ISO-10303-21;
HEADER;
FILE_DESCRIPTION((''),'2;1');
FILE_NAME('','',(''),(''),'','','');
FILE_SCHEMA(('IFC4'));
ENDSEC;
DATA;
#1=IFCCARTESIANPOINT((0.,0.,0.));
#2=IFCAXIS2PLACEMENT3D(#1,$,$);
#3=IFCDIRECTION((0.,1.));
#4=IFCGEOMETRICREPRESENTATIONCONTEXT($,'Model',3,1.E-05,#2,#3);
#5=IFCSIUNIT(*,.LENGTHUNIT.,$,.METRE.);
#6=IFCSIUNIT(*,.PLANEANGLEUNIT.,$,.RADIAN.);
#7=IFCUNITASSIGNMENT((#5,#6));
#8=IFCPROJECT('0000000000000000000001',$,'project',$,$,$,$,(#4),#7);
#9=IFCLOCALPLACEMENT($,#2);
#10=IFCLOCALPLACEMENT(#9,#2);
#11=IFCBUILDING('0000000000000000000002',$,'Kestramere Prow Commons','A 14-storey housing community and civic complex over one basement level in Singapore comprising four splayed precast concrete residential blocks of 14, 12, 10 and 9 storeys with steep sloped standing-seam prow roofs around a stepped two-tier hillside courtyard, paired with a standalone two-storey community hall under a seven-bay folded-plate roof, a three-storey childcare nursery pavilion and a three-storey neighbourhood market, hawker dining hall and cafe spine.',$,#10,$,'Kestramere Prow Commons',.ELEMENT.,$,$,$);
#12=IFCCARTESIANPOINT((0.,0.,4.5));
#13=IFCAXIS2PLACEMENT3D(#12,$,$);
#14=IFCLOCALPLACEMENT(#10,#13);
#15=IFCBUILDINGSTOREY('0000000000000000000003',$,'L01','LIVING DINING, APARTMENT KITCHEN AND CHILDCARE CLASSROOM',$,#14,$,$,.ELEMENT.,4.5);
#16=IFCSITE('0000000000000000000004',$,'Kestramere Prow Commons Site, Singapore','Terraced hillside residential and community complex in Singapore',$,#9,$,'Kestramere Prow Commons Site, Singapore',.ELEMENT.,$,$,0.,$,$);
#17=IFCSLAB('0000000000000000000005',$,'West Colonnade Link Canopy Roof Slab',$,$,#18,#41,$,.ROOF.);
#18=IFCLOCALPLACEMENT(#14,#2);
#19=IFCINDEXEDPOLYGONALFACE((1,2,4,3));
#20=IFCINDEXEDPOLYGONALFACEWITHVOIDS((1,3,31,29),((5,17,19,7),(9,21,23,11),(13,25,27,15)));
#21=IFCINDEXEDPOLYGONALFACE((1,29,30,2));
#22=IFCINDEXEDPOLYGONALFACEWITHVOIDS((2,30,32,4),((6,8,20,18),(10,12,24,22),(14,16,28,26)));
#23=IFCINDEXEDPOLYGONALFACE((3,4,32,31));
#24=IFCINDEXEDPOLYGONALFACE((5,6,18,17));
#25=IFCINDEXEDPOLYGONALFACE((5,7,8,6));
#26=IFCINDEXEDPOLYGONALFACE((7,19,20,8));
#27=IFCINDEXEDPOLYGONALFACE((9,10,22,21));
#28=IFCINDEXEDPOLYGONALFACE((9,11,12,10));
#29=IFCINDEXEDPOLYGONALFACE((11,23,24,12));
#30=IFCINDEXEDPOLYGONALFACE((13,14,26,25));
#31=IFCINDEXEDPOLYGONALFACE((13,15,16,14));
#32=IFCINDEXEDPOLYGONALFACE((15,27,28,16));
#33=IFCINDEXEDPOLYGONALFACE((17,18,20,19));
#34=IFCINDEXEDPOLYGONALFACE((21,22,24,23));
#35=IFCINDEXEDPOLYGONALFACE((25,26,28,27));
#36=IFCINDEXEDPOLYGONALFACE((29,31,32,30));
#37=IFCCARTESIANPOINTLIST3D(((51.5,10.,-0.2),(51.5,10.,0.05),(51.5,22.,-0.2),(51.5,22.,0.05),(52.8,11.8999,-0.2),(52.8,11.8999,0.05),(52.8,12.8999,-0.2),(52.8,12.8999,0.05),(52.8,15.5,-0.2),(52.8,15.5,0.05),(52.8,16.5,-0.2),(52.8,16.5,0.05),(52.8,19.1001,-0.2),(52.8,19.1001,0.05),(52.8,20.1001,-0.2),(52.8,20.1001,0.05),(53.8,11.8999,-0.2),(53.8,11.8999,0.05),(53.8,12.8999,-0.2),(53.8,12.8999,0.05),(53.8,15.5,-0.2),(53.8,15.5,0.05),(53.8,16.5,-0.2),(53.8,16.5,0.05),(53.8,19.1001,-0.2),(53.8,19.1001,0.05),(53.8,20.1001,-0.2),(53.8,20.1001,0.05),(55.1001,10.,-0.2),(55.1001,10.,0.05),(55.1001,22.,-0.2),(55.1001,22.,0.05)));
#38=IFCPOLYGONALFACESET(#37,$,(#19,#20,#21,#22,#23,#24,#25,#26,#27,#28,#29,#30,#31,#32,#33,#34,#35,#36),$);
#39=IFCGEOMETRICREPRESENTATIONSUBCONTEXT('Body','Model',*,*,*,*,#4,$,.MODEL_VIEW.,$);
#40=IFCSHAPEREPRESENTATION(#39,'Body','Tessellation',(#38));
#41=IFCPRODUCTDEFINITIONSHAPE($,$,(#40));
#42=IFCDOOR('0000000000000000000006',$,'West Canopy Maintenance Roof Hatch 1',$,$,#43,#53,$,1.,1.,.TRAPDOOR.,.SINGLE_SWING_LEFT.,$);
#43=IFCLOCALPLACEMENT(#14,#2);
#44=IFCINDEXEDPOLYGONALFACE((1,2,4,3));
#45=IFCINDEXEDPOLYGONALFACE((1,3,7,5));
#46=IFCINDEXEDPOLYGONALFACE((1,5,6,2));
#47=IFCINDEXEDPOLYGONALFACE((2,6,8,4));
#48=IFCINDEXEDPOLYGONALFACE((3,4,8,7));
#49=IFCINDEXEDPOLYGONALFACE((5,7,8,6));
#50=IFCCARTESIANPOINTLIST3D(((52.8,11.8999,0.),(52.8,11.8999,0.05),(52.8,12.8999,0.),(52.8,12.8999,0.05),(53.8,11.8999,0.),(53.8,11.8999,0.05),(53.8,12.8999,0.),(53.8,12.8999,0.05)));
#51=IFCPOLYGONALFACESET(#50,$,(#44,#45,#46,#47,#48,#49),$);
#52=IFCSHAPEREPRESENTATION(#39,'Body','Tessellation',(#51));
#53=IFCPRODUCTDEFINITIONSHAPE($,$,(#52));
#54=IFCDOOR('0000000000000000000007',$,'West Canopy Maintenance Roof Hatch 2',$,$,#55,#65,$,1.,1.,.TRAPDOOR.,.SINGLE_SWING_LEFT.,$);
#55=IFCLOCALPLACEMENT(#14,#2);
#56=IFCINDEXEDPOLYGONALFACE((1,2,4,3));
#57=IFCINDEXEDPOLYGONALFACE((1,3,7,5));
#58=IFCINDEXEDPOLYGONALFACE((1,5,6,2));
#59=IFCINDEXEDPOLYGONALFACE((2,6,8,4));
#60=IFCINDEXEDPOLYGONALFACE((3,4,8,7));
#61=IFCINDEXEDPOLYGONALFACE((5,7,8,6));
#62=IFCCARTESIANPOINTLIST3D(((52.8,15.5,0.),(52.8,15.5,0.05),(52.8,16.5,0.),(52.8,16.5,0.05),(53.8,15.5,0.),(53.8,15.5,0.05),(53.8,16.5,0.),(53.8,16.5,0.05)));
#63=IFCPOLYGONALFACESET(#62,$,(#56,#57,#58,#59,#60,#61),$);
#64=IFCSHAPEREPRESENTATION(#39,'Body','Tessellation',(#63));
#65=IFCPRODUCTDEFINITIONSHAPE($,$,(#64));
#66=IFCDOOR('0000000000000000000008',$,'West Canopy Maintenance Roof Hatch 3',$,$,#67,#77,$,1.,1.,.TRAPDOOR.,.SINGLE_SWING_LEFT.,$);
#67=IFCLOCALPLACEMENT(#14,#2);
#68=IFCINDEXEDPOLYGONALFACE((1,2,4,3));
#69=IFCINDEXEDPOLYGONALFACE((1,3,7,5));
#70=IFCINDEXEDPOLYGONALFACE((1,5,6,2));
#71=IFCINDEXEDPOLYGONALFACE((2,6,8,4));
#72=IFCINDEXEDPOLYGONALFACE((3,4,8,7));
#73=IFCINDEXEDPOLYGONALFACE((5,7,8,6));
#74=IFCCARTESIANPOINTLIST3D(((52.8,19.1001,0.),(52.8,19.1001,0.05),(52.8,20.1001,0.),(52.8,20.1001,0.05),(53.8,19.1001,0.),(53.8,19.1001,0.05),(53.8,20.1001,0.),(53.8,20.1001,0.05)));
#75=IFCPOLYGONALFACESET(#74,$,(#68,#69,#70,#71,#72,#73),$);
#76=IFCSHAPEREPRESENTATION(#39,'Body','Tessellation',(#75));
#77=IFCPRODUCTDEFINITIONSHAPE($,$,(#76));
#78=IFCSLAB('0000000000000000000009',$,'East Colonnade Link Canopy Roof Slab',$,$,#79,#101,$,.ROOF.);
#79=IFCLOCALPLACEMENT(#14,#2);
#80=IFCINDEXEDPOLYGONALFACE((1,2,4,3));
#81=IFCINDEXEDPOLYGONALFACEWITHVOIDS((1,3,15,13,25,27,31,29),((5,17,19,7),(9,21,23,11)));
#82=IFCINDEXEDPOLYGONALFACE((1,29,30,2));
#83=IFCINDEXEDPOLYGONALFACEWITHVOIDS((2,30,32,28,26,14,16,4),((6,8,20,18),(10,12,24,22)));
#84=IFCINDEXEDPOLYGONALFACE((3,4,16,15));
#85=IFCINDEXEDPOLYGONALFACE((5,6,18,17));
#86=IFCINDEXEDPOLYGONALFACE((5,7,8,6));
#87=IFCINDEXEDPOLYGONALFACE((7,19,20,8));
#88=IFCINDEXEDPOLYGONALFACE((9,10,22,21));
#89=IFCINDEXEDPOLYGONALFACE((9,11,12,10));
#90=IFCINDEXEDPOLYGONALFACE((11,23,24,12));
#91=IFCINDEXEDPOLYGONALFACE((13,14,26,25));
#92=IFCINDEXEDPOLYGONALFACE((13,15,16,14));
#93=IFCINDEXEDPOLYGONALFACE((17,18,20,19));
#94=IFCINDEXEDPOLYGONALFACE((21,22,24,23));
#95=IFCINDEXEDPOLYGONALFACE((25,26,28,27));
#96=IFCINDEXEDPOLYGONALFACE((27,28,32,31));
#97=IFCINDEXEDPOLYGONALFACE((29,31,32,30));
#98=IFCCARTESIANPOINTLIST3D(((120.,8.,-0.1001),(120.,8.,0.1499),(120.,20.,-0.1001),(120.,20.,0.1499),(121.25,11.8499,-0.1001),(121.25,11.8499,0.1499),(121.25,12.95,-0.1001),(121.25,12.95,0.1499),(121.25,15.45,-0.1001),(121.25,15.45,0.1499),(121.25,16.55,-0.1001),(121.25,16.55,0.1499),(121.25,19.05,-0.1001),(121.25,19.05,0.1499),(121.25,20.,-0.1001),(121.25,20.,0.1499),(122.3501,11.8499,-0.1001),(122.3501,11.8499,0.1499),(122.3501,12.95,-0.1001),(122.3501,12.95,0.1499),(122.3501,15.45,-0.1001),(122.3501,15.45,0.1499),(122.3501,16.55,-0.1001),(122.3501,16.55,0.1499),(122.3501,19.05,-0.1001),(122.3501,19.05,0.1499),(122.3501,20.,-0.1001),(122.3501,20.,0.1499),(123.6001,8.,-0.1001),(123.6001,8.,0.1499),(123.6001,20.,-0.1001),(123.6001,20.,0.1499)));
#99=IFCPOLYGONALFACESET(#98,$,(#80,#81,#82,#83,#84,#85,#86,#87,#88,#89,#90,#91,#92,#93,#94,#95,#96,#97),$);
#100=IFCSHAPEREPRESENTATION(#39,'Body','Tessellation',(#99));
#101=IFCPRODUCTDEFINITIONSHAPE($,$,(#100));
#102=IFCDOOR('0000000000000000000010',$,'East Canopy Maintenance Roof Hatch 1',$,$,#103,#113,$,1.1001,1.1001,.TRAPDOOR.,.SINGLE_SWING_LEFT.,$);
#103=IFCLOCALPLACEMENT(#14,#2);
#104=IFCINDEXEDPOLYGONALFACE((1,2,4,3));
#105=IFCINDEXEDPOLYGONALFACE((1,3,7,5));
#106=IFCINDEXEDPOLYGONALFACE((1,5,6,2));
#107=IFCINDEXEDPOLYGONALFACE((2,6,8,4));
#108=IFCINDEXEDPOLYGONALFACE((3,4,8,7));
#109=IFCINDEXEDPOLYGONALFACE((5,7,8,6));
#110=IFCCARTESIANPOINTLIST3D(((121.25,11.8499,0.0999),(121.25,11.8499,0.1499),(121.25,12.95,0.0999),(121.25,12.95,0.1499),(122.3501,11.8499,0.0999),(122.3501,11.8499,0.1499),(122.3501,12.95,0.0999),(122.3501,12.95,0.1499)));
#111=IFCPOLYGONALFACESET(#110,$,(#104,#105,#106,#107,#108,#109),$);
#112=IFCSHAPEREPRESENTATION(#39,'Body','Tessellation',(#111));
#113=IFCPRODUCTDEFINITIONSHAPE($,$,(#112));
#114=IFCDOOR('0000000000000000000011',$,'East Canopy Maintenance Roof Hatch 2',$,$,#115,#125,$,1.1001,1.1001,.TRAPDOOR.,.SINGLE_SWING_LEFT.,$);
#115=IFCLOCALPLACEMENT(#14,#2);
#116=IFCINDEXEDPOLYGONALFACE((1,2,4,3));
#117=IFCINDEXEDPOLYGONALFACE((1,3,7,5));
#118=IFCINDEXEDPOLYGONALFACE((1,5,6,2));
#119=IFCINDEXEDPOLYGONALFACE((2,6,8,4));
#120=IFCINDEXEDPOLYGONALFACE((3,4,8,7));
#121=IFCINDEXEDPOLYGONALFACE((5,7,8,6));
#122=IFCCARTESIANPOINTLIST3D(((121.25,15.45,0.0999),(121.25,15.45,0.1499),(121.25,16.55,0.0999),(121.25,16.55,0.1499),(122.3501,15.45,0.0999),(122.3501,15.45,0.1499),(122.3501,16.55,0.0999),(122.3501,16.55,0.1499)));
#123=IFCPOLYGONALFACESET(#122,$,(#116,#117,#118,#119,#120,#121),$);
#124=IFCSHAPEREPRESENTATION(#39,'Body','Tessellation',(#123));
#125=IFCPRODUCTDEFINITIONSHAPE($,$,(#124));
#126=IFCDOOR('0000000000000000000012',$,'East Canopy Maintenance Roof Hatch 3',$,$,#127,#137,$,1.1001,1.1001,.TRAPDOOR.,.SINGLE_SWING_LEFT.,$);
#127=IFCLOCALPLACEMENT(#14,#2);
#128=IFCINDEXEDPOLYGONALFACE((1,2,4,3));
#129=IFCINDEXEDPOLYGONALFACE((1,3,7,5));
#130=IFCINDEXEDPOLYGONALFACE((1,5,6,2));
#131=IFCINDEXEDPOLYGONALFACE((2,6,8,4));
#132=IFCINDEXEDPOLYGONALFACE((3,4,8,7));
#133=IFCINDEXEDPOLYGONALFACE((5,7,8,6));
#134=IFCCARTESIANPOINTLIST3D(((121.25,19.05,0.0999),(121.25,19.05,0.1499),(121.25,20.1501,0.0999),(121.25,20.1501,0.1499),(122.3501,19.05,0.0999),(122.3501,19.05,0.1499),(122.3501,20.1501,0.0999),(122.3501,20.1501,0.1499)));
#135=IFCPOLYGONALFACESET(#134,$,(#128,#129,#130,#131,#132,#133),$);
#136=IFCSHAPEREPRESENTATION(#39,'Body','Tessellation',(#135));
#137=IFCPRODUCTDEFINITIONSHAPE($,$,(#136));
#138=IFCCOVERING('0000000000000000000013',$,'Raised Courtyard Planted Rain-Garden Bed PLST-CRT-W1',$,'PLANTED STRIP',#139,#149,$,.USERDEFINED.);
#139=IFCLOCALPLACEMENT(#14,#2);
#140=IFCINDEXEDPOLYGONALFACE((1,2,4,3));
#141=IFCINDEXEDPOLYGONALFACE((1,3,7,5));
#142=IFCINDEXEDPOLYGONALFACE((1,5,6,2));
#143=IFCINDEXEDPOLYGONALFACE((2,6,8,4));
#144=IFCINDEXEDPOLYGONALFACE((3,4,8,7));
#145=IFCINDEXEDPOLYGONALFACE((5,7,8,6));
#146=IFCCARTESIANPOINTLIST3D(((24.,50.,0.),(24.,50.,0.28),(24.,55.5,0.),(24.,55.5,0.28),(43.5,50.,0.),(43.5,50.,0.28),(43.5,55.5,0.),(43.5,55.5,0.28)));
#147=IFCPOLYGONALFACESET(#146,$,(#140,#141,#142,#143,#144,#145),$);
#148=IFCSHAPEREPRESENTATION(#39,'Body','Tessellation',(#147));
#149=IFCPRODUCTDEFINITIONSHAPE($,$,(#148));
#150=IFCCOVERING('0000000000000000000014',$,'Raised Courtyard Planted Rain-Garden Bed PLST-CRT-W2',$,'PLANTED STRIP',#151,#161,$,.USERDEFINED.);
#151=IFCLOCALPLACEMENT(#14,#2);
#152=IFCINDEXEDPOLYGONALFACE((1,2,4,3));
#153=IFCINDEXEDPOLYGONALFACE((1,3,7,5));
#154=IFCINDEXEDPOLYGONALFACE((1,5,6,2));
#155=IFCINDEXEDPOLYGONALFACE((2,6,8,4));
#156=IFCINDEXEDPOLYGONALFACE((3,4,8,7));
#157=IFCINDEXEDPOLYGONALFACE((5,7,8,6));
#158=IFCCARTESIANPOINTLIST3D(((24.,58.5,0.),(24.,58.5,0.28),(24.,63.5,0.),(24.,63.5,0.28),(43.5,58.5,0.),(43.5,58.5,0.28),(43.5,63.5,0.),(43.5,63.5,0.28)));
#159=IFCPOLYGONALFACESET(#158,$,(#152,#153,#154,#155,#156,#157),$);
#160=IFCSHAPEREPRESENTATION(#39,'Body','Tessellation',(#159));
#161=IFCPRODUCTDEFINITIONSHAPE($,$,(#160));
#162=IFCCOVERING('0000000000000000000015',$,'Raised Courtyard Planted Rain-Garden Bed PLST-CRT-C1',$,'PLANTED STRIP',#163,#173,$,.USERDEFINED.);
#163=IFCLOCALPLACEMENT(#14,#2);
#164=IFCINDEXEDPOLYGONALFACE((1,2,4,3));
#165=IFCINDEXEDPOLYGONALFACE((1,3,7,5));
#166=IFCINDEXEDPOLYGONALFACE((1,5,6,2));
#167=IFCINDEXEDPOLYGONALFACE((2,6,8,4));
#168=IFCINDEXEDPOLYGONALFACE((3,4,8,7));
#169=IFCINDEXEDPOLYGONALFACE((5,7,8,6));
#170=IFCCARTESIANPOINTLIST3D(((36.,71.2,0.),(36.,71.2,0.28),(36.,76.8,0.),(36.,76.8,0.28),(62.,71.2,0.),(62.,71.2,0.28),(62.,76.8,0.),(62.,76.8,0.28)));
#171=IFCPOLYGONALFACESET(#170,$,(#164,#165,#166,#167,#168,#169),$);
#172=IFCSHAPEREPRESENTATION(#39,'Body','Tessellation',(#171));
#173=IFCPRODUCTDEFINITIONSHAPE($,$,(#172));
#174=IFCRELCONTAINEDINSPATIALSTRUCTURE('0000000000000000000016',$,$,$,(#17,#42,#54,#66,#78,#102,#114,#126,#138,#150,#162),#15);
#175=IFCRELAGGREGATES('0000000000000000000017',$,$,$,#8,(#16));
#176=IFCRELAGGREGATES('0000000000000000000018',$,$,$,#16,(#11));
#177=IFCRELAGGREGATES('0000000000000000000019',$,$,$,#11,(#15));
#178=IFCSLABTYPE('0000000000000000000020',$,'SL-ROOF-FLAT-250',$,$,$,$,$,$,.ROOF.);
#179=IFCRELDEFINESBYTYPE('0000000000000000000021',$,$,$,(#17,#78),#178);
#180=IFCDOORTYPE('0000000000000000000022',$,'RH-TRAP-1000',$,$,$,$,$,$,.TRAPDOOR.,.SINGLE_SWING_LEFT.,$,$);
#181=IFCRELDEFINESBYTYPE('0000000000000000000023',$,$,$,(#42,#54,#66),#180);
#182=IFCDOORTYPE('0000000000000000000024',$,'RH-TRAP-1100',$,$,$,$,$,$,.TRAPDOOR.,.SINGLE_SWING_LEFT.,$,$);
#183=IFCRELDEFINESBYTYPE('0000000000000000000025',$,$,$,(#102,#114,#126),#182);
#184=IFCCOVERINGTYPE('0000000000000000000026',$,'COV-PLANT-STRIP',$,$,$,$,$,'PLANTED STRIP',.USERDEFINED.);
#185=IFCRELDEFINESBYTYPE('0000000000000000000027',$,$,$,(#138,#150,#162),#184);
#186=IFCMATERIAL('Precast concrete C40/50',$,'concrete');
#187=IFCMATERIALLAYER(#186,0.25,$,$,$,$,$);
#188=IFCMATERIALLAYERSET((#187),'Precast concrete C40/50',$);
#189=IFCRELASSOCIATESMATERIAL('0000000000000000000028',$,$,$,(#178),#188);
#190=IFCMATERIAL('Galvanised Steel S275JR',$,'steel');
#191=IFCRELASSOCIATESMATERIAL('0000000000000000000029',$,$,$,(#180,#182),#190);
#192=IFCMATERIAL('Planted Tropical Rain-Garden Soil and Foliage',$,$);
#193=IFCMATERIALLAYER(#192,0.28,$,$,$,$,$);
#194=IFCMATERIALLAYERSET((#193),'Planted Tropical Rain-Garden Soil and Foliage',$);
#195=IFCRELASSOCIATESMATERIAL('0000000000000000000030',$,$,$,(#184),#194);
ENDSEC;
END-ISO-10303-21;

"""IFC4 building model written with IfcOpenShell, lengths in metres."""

from ifc_helpers import new_model, si_unit, direction, frame, origin, origin_2d, place, context, subcontext, project, spatial, polyline, rectangle, outline, extrude, material, layer, layer_set, type_object, element, fill, save


model = new_model("IFC4")

# Units and contexts
model_context = context("Model", 3, precision=1e-05, world=origin(), true_north=direction((0.0, 1.0)))
body_context = subcontext(model_context, "Body", "Model", "MODEL_VIEW")
ifc_project = project(units=[si_unit("LENGTHUNIT", "METRE"), si_unit("PLANEANGLEUNIT", "RADIAN")], contexts=[model_context])

# Site, building, storey
site_placement = place(None, origin())
site = spatial("IfcSite", under=ifc_project, at=site_placement, Name="Kestramere Prow Commons Site, Singapore", Description="Terraced hillside residential and community complex in Singapore", LongName="Kestramere Prow Commons Site, Singapore", CompositionType="ELEMENT", RefElevation=0.0)
building_placement = place(site_placement, origin())
building = spatial("IfcBuilding", under=site, at=building_placement, Name="Kestramere Prow Commons", Description="A 14-storey housing community and civic complex over one basement level in Singapore comprising four splayed precast concrete residential blocks of 14, 12, 10 and 9 storeys with steep sloped standing-seam prow roofs around a stepped two-tier hillside courtyard, paired with a standalone two-storey community hall under a seven-bay folded-plate roof, a three-storey childcare nursery pavilion and a three-storey neighbourhood market, hawker dining hall and cafe spine.", LongName="Kestramere Prow Commons", CompositionType="ELEMENT")
storey_placement = place(building_placement, frame((0.0, 0.0, 4.5)))
storey = spatial("IfcBuildingStorey", under=building, at=storey_placement, Name="L01", Description="LIVING DINING, APARTMENT KITCHEN AND CHILDCARE CLASSROOM", CompositionType="ELEMENT", Elevation=4.5)

# Shared definitions
ifc_material_1 = material(Name="Precast concrete C40/50", Category="concrete")

# Slabs, openings, doors
ifc_layer_1 = layer(ifc_material_1, 0.25)
ifc_layer_set_1 = layer_set([ifc_layer_1], Name="Precast concrete C40/50")
slab_type_1 = type_object("IfcSlabType", Name="SL-ROOF-FLAT-250", PredefinedType="ROOF", material=ifc_layer_set_1)
slab_1_placement = place(storey_placement, frame((0.0, 0.0, -0.2)))
slab_1 = element("IfcSlab", 1, at=slab_1_placement, inside=storey, type_object=slab_type_1, Name="West Colonnade Link Canopy Roof Slab", PredefinedType="ROOF", context=body_context, shape_type="SweptSolid", body=[
    extrude(outline(polyline([(51.5, 10.0), (55.1001, 10.0), (55.1001, 22.0), (51.5, 22.0), (51.5, 10.0)])), origin(), (0.0, 0.0, 1.0), 0.25),
])
opening_1_placement = place(slab_1_placement, frame((53.3, 12.3999, 0.0), z_axis=(0.0, 0.0, 1.0), x_axis=(1.0, 0.0, 0.0)))
opening_1 = element("IfcOpeningElement", 2, at=opening_1_placement, cuts=slab_1, PredefinedType="OPENING", context=body_context, shape_type="SweptSolid", body=[
    extrude(rectangle(XDim=1.0, YDim=1.0, at=origin_2d()), frame((0.0, 0.0, -0.0149)), (0.0, 0.0, 1.0), 0.28),
])
opening_2_placement = place(slab_1_placement, frame((53.3, 16.0, 0.0), z_axis=(0.0, 0.0, 1.0), x_axis=(1.0, 0.0, 0.0)))
opening_2 = element("IfcOpeningElement", 3, at=opening_2_placement, cuts=slab_1, PredefinedType="OPENING", context=body_context, shape_type="SweptSolid", body=[
    extrude(rectangle(XDim=1.0, YDim=1.0, at=origin_2d()), frame((0.0, 0.0, -0.0149)), (0.0, 0.0, 1.0), 0.28),
])
opening_3_placement = place(slab_1_placement, frame((53.3, 19.6001, 0.0), z_axis=(0.0, 0.0, 1.0), x_axis=(1.0, 0.0, 0.0)))
opening_3 = element("IfcOpeningElement", 4, at=opening_3_placement, cuts=slab_1, PredefinedType="OPENING", context=body_context, shape_type="SweptSolid", body=[
    extrude(rectangle(XDim=1.0, YDim=1.0, at=origin_2d()), frame((0.0, 0.0, -0.0149)), (0.0, 0.0, 1.0), 0.28),
])
ifc_material_2 = material(Name="Galvanised Steel S275JR", Category="steel")
door_type_1 = type_object("IfcDoorType", Name="RH-TRAP-1000", OperationType="SINGLE_SWING_LEFT", PredefinedType="TRAPDOOR", material=ifc_material_2)
door_1_placement = place(opening_1_placement, frame((0.0, 0.0, 0.2)))
door_1 = element("IfcDoor", 5, at=door_1_placement, inside=storey, type_object=door_type_1, Name="West Canopy Maintenance Roof Hatch 1", OperationType="SINGLE_SWING_LEFT", OverallHeight=1.0, OverallWidth=1.0, PredefinedType="TRAPDOOR", context=body_context, shape_type="SweptSolid", body=[
    extrude(rectangle(XDim=1.0, YDim=1.0, at=origin_2d()), origin(), (0.0, 0.0, 1.0), 0.05),
])
fill(opening_1, door_1)
door_2_placement = place(opening_2_placement, frame((0.0, 0.0, 0.2)))
door_2 = element("IfcDoor", 6, at=door_2_placement, inside=storey, type_object=door_type_1, Name="West Canopy Maintenance Roof Hatch 2", OperationType="SINGLE_SWING_LEFT", OverallHeight=1.0, OverallWidth=1.0, PredefinedType="TRAPDOOR", context=body_context, shape_type="SweptSolid", body=[
    extrude(rectangle(XDim=1.0, YDim=1.0, at=origin_2d()), origin(), (0.0, 0.0, 1.0), 0.05),
])
fill(opening_2, door_2)
door_3_placement = place(opening_3_placement, frame((0.0, 0.0, 0.2)))
door_3 = element("IfcDoor", 7, at=door_3_placement, inside=storey, type_object=door_type_1, Name="West Canopy Maintenance Roof Hatch 3", OperationType="SINGLE_SWING_LEFT", OverallHeight=1.0, OverallWidth=1.0, PredefinedType="TRAPDOOR", context=body_context, shape_type="SweptSolid", body=[
    extrude(rectangle(XDim=1.0, YDim=1.0, at=origin_2d()), origin(), (0.0, 0.0, 1.0), 0.05),
])
fill(opening_3, door_3)
slab_2_placement = place(storey_placement, frame((0.0, 0.0, -0.1001)))
slab_2 = element("IfcSlab", 8, at=slab_2_placement, inside=storey, type_object=slab_type_1, Name="East Colonnade Link Canopy Roof Slab", PredefinedType="ROOF", context=body_context, shape_type="SweptSolid", body=[
    extrude(outline(polyline([(120.0, 8.0), (123.6001, 8.0), (123.6001, 20.0), (120.0, 20.0), (120.0, 8.0)])), origin(), (0.0, 0.0, 1.0), 0.25),
])
opening_4_placement = place(slab_2_placement, frame((121.8, 12.3999, 0.0), z_axis=(0.0, 0.0, 1.0), x_axis=(1.0, 0.0, 0.0)))
opening_4 = element("IfcOpeningElement", 9, at=opening_4_placement, cuts=slab_2, PredefinedType="OPENING", context=body_context, shape_type="SweptSolid", body=[
    extrude(rectangle(XDim=1.1001, YDim=1.1001, at=origin_2d()), frame((0.0, 0.0, -0.0149)), (0.0, 0.0, 1.0), 0.28),
])
opening_5_placement = place(slab_2_placement, frame((121.8, 16.0, 0.0), z_axis=(0.0, 0.0, 1.0), x_axis=(1.0, 0.0, 0.0)))
opening_5 = element("IfcOpeningElement", 10, at=opening_5_placement, cuts=slab_2, PredefinedType="OPENING", context=body_context, shape_type="SweptSolid", body=[
    extrude(rectangle(XDim=1.1001, YDim=1.1001, at=origin_2d()), frame((0.0, 0.0, -0.0149)), (0.0, 0.0, 1.0), 0.28),
])
opening_6_placement = place(slab_2_placement, frame((121.8, 19.6001, 0.0), z_axis=(0.0, 0.0, 1.0), x_axis=(1.0, 0.0, 0.0)))
opening_6 = element("IfcOpeningElement", 11, at=opening_6_placement, cuts=slab_2, PredefinedType="OPENING", context=body_context, shape_type="SweptSolid", body=[
    extrude(rectangle(XDim=1.1001, YDim=1.1001, at=origin_2d()), frame((0.0, 0.0, -0.0149)), (0.0, 0.0, 1.0), 0.28),
])
door_type_2 = type_object("IfcDoorType", Name="RH-TRAP-1100", OperationType="SINGLE_SWING_LEFT", PredefinedType="TRAPDOOR", material=ifc_material_2)
door_4_placement = place(opening_4_placement, frame((0.0, 0.0, 0.2)))
door_4 = element("IfcDoor", 12, at=door_4_placement, inside=storey, type_object=door_type_2, Name="East Canopy Maintenance Roof Hatch 1", OperationType="SINGLE_SWING_LEFT", OverallHeight=1.1001, OverallWidth=1.1001, PredefinedType="TRAPDOOR", context=body_context, shape_type="SweptSolid", body=[
    extrude(rectangle(XDim=1.1001, YDim=1.1001, at=origin_2d()), origin(), (0.0, 0.0, 1.0), 0.05),
])
fill(opening_4, door_4)
door_5_placement = place(opening_5_placement, frame((0.0, 0.0, 0.2)))
door_5 = element("IfcDoor", 13, at=door_5_placement, inside=storey, type_object=door_type_2, Name="East Canopy Maintenance Roof Hatch 2", OperationType="SINGLE_SWING_LEFT", OverallHeight=1.1001, OverallWidth=1.1001, PredefinedType="TRAPDOOR", context=body_context, shape_type="SweptSolid", body=[
    extrude(rectangle(XDim=1.1001, YDim=1.1001, at=origin_2d()), origin(), (0.0, 0.0, 1.0), 0.05),
])
fill(opening_5, door_5)
door_6_placement = place(opening_6_placement, frame((0.0, 0.0, 0.2)))
door_6 = element("IfcDoor", 14, at=door_6_placement, inside=storey, type_object=door_type_2, Name="East Canopy Maintenance Roof Hatch 3", OperationType="SINGLE_SWING_LEFT", OverallHeight=1.1001, OverallWidth=1.1001, PredefinedType="TRAPDOOR", context=body_context, shape_type="SweptSolid", body=[
    extrude(rectangle(XDim=1.1001, YDim=1.1001, at=origin_2d()), origin(), (0.0, 0.0, 1.0), 0.05),
])
fill(opening_6, door_6)

# Coverings
ifc_material_3 = material(Name="Planted Tropical Rain-Garden Soil and Foliage")
ifc_layer_2 = layer(ifc_material_3, 0.28)
ifc_layer_set_2 = layer_set([ifc_layer_2], Name="Planted Tropical Rain-Garden Soil and Foliage")
covering_type = type_object("IfcCoveringType", Name="COV-PLANT-STRIP", ElementType="PLANTED STRIP", PredefinedType="USERDEFINED", material=ifc_layer_set_2)
covering_1_placement = place(storey_placement, origin())
element("IfcCovering", 15, at=covering_1_placement, inside=storey, type_object=covering_type, Name="Raised Courtyard Planted Rain-Garden Bed PLST-CRT-W1", ObjectType="PLANTED STRIP", PredefinedType="USERDEFINED", context=body_context, shape_type="SweptSolid", body=[
    extrude(outline(polyline([(24.0, 50.0), (24.0, 55.5), (43.5, 55.5), (43.5, 50.0), (24.0, 50.0)])), origin(), (0.0, 0.0, 1.0), 0.28),
])
covering_2_placement = place(storey_placement, origin())
element("IfcCovering", 16, at=covering_2_placement, inside=storey, type_object=covering_type, Name="Raised Courtyard Planted Rain-Garden Bed PLST-CRT-W2", ObjectType="PLANTED STRIP", PredefinedType="USERDEFINED", context=body_context, shape_type="SweptSolid", body=[
    extrude(outline(polyline([(24.0, 58.5), (24.0, 63.5), (43.5, 63.5), (43.5, 58.5), (24.0, 58.5)])), origin(), (0.0, 0.0, 1.0), 0.28),
])
covering_3_placement = place(storey_placement, origin())
element("IfcCovering", 17, at=covering_3_placement, inside=storey, type_object=covering_type, Name="Raised Courtyard Planted Rain-Garden Bed PLST-CRT-C1", ObjectType="PLANTED STRIP", PredefinedType="USERDEFINED", context=body_context, shape_type="SweptSolid", body=[
    extrude(outline(polyline([(36.0, 71.2), (36.0, 76.8), (62.0, 76.8), (62.0, 71.2), (36.0, 71.2)])), origin(), (0.0, 0.0, 1.0), 0.28),
])

save(model, "model.ifc")
